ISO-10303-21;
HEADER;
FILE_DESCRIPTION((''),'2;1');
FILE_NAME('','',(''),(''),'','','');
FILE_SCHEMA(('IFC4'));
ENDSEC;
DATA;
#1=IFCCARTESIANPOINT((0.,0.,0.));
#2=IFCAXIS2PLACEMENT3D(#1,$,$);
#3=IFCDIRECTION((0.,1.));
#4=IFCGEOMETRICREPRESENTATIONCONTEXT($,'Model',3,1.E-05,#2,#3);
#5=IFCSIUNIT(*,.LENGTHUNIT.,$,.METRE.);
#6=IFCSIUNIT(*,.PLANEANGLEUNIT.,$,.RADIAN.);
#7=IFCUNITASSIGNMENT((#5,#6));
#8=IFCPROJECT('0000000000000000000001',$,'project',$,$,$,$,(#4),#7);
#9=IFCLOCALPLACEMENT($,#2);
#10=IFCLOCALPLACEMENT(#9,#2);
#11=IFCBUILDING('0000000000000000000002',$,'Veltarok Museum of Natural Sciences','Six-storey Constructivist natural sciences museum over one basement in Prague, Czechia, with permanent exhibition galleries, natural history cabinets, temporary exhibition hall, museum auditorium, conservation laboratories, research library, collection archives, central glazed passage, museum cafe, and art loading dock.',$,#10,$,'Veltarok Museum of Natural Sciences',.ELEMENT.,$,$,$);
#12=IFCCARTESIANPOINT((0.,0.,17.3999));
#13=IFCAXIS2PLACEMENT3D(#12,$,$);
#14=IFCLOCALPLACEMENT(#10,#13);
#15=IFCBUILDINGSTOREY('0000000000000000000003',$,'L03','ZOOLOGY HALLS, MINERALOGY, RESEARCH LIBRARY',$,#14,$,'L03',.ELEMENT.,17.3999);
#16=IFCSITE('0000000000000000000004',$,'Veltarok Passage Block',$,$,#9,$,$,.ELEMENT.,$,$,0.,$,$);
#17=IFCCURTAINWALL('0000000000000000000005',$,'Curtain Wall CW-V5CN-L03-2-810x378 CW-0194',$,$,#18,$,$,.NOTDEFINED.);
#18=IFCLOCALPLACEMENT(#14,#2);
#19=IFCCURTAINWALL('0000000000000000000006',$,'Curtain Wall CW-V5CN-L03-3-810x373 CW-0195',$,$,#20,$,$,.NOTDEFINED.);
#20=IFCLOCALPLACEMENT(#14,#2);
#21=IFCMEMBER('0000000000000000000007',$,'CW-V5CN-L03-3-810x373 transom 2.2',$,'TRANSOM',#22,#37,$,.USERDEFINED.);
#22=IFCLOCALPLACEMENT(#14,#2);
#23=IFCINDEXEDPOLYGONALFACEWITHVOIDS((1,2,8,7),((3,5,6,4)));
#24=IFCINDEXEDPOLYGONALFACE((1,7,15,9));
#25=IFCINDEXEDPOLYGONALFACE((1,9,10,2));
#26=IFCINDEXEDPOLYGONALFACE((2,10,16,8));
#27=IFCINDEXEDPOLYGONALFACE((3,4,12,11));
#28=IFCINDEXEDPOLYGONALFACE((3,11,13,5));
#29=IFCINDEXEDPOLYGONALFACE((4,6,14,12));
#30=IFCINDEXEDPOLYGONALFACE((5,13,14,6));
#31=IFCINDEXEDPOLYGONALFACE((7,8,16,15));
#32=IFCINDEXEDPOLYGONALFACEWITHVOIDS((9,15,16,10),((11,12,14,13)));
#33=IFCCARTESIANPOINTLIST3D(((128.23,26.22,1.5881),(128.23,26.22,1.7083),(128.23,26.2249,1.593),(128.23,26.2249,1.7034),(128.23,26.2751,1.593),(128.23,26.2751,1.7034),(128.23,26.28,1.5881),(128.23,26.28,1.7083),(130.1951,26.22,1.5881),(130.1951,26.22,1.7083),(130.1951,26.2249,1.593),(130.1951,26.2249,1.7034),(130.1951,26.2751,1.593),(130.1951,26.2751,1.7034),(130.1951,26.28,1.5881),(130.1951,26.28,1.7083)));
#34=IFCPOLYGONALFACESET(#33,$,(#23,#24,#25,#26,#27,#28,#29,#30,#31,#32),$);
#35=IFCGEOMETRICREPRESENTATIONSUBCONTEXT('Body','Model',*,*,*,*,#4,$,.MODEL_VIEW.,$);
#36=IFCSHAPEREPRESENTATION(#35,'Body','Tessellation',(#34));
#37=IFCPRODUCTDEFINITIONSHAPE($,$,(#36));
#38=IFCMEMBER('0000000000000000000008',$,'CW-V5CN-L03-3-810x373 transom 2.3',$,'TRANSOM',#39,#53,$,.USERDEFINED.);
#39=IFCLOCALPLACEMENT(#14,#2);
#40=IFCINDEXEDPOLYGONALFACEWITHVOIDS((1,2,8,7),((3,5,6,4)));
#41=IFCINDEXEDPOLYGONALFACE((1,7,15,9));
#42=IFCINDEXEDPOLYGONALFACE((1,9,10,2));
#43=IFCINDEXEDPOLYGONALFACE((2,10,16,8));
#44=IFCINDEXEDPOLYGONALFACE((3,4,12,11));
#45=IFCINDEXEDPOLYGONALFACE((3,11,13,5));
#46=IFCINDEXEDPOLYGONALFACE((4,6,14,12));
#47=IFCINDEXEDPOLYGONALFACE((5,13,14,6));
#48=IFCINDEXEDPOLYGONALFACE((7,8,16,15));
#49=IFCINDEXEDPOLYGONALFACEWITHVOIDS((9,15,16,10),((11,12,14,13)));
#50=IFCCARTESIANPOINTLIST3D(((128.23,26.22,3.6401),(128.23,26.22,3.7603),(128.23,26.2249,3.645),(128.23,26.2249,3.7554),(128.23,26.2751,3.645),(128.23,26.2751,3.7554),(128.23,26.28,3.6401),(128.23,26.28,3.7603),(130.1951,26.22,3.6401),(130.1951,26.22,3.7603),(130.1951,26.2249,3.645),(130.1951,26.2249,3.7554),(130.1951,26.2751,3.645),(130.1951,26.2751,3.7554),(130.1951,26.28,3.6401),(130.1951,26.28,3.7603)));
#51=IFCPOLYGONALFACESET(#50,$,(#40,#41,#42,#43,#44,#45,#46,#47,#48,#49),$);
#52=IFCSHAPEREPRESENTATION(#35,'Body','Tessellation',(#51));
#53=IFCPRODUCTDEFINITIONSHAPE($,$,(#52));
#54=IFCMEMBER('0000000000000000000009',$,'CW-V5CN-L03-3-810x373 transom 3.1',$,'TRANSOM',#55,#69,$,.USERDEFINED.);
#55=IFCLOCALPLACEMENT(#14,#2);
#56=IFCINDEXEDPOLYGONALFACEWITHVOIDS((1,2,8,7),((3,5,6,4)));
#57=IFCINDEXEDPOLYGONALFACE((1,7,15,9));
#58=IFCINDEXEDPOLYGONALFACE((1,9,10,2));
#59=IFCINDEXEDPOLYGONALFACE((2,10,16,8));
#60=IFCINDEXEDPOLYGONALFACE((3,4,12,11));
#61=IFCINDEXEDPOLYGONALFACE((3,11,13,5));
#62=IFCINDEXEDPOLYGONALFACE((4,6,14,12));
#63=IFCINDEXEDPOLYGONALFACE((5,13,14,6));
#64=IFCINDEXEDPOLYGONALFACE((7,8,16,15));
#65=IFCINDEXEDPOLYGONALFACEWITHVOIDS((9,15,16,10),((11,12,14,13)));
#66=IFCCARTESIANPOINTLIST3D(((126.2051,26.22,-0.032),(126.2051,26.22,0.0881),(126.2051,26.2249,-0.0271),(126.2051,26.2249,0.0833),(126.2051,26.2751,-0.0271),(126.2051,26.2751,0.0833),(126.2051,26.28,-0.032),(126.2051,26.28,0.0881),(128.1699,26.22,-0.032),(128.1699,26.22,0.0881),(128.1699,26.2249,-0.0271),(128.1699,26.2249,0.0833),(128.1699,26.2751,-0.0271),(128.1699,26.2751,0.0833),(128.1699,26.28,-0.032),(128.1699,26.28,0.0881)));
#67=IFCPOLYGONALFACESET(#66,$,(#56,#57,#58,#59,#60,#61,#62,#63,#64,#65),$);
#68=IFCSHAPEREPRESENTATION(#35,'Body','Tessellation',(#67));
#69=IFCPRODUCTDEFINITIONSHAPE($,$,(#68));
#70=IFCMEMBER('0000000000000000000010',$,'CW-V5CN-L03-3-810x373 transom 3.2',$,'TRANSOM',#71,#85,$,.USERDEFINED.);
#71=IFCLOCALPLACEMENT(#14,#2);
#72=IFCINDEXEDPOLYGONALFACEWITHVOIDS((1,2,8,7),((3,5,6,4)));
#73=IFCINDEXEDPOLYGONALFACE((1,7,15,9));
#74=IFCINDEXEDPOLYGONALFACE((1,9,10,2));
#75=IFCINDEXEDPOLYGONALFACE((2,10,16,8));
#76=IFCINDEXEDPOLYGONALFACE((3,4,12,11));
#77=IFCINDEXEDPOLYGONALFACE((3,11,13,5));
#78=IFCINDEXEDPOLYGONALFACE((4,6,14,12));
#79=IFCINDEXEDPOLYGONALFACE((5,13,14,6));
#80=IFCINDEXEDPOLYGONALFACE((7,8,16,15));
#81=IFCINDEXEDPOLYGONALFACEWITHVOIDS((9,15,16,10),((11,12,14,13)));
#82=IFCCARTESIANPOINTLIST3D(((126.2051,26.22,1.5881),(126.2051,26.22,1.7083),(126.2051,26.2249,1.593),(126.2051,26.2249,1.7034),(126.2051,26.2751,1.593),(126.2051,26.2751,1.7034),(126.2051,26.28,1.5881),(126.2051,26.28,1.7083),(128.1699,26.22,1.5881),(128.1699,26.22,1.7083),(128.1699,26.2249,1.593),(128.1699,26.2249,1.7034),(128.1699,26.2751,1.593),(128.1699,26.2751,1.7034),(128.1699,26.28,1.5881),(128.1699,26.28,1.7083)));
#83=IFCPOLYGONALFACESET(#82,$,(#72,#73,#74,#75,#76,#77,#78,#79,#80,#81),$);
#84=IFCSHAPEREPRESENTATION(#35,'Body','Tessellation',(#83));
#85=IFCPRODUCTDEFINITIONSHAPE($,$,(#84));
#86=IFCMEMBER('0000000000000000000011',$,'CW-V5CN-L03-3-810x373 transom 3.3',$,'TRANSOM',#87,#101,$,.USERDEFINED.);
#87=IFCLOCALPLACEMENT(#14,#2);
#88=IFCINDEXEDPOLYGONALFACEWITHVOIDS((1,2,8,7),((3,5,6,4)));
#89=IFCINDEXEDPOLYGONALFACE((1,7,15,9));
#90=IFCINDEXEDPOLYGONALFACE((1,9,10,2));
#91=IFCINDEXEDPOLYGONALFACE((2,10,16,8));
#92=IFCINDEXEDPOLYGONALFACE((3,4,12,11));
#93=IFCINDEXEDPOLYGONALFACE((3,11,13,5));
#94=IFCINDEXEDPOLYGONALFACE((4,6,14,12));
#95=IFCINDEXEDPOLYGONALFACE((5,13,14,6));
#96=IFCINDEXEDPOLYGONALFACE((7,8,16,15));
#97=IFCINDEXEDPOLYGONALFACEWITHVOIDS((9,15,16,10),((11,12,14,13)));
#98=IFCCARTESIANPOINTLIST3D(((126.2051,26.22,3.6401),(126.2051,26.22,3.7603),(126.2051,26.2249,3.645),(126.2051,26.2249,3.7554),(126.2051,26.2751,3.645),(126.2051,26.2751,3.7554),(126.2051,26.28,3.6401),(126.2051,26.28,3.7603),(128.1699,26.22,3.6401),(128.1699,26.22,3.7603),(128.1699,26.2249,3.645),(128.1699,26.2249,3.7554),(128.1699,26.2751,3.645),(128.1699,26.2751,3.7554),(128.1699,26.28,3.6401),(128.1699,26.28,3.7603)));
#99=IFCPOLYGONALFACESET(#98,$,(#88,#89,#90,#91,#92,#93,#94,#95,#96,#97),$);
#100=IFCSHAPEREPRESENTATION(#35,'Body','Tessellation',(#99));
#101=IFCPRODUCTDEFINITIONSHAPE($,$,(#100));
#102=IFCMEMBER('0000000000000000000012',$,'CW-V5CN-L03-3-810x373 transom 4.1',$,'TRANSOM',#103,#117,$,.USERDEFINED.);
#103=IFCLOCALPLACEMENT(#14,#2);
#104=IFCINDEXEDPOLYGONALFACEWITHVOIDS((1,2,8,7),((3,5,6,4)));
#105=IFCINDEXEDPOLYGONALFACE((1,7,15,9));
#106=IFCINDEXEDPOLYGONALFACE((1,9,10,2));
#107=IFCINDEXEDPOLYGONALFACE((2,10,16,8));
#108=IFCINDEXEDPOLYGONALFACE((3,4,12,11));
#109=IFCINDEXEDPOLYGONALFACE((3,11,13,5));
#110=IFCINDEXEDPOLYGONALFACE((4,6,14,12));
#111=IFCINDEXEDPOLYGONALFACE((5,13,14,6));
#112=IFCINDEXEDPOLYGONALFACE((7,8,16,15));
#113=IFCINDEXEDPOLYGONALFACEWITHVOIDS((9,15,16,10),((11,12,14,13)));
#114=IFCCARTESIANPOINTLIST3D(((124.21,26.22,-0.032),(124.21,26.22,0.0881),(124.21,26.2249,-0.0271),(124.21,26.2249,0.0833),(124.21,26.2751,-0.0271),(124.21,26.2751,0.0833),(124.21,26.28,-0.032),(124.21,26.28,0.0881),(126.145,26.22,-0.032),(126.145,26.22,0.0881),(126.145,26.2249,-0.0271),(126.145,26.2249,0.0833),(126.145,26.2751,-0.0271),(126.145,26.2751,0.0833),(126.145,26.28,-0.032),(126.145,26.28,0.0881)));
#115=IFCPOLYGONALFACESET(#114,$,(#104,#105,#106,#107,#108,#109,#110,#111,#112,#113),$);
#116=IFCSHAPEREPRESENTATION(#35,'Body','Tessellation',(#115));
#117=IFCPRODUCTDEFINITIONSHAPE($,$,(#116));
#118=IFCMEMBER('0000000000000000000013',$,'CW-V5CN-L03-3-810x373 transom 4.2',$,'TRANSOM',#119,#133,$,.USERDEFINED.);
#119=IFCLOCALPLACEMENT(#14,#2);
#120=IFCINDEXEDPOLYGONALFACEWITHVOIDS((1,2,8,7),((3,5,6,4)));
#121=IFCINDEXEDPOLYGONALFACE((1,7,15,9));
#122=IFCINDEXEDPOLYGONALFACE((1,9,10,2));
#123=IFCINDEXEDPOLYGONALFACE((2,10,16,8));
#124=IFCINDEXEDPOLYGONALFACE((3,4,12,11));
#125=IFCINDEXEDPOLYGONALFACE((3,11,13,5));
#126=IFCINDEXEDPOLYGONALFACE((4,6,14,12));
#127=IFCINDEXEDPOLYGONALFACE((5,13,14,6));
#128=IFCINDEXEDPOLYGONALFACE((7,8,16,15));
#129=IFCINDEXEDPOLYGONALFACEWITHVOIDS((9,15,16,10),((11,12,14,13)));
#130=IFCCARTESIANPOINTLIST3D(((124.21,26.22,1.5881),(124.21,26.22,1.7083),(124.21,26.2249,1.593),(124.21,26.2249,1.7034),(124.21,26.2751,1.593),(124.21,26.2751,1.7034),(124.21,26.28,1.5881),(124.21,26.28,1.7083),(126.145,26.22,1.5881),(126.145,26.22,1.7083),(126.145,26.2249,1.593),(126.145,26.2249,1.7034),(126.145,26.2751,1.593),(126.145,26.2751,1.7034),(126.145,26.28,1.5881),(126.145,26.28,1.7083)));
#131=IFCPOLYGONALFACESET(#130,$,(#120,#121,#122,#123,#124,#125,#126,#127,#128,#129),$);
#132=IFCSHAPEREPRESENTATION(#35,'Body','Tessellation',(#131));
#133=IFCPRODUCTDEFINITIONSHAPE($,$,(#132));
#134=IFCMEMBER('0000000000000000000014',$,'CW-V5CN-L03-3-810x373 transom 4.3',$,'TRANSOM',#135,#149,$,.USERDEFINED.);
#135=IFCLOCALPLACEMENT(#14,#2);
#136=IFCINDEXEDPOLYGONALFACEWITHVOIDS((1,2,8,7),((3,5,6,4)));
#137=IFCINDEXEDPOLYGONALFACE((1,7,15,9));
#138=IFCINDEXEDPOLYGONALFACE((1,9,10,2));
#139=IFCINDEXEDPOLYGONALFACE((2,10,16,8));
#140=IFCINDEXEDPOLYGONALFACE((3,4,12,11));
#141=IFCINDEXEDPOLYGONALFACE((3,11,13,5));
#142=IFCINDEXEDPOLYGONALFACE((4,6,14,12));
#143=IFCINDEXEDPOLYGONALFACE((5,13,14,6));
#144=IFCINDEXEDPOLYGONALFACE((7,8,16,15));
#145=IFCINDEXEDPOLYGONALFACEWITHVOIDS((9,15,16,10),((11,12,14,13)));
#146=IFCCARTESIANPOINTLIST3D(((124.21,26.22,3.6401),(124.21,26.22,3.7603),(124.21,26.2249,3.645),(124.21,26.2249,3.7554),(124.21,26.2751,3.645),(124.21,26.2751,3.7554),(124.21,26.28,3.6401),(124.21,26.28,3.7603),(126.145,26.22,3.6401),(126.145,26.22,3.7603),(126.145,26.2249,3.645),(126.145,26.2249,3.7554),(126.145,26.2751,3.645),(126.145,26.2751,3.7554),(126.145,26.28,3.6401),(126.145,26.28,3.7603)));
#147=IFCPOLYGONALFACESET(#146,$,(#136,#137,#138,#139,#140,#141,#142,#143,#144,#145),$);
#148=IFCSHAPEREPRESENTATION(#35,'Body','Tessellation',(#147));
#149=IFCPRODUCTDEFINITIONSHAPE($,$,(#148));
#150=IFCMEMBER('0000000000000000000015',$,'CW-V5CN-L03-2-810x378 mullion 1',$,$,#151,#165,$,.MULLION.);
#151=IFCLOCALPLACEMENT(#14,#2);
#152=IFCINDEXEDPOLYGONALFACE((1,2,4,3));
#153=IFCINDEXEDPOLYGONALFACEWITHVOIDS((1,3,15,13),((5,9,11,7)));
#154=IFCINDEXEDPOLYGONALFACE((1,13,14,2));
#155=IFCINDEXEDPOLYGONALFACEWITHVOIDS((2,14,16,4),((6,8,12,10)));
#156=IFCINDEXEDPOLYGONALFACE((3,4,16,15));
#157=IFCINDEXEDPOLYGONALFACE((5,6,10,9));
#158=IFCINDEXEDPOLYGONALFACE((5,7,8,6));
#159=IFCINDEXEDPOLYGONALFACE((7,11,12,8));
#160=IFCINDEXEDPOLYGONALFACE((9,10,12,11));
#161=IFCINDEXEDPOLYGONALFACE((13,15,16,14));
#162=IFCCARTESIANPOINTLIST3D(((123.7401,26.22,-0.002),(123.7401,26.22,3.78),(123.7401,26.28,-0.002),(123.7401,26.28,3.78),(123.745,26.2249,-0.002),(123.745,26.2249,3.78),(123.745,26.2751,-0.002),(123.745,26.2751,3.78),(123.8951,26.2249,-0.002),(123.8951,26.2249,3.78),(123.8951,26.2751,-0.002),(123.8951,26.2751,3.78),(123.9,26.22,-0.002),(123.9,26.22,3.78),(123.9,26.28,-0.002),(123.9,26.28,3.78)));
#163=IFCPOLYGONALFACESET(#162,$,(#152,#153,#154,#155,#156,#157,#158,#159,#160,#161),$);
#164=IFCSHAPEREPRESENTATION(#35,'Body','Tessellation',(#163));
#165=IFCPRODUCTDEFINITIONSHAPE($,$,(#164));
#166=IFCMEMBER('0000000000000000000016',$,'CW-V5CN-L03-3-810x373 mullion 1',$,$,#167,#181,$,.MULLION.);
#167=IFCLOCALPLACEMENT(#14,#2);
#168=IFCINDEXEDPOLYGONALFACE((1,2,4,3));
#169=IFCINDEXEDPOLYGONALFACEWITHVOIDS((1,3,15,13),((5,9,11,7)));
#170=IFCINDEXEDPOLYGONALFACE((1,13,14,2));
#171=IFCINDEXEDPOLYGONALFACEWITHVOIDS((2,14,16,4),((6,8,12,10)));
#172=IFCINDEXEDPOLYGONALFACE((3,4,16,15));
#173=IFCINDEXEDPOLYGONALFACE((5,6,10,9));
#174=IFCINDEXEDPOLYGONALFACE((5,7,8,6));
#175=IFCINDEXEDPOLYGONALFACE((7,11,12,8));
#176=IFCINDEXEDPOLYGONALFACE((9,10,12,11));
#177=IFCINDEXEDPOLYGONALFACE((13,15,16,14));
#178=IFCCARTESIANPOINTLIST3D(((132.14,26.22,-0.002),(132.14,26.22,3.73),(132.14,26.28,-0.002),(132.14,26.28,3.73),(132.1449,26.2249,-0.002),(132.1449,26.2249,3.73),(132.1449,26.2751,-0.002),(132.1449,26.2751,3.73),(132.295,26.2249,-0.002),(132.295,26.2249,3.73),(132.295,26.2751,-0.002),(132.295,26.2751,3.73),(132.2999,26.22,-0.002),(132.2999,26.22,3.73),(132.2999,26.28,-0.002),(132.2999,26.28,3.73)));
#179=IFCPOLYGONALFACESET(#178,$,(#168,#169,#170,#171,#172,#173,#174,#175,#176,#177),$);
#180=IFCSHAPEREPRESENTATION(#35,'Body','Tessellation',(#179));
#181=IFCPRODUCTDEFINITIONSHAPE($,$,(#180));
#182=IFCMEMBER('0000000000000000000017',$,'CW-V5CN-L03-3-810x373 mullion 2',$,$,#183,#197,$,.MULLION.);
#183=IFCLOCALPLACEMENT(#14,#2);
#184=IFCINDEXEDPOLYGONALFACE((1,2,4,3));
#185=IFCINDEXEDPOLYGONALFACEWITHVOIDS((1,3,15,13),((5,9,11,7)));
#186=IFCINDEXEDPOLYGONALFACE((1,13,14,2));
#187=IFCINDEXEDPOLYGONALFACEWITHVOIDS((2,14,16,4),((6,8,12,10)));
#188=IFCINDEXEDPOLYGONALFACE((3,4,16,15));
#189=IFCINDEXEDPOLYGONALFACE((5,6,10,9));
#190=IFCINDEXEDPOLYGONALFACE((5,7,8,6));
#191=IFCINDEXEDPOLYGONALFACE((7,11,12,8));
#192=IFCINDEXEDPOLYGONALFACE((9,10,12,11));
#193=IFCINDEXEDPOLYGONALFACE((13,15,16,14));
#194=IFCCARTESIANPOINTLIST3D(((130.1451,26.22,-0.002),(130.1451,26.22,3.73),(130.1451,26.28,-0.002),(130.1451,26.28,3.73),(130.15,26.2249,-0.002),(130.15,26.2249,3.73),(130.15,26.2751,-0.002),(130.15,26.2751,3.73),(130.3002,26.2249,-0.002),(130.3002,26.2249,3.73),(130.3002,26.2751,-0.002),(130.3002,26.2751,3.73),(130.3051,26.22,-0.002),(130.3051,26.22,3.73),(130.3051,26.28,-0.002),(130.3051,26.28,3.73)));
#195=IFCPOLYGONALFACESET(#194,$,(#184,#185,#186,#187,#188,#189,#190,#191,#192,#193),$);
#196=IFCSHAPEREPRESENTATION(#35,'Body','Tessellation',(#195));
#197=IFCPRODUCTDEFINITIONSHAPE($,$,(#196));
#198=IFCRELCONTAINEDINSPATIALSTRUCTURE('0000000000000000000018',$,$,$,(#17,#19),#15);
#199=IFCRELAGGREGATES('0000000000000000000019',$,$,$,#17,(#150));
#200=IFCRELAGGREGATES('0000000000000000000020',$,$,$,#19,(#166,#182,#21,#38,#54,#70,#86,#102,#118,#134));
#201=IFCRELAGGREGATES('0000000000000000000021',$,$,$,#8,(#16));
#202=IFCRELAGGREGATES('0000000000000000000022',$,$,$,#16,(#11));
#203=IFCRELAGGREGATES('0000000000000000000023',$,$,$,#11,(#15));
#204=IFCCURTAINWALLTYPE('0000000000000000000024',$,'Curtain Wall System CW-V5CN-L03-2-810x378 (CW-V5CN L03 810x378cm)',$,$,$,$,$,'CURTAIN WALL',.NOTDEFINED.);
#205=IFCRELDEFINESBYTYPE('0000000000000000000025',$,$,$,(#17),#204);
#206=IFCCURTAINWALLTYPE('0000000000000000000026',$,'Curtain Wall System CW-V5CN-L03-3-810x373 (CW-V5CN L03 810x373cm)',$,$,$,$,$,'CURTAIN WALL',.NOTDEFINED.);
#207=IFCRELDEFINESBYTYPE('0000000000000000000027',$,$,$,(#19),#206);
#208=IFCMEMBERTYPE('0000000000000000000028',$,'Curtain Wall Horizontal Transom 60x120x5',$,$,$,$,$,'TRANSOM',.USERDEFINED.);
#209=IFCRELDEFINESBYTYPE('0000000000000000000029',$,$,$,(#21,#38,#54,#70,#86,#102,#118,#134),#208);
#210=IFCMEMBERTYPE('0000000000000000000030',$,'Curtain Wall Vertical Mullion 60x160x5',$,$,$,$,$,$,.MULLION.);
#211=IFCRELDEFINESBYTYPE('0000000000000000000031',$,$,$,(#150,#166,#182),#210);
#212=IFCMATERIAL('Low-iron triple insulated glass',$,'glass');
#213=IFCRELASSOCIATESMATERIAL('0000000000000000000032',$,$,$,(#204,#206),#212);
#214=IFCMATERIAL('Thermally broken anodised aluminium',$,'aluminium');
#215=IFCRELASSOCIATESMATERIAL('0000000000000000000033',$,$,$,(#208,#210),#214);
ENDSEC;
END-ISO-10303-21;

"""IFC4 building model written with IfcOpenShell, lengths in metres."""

from ifc_helpers import new_model, si_unit, direction, frame, origin, origin_2d, place, context, subcontext, project, spatial, hollow_rectangle, extrude, material, material_profile, profile_set, type_object, element, aggregate, save


model = new_model("IFC4")

# Units and contexts
model_context = context("Model", 3, precision=1e-05, world=origin(), true_north=direction((0.0, 1.0)))
body_context = subcontext(model_context, "Body", "Model", "MODEL_VIEW")
ifc_project = project(units=[si_unit("LENGTHUNIT", "METRE"), si_unit("PLANEANGLEUNIT", "RADIAN")], contexts=[model_context])

# Site, building, storey
site_placement = place(None, origin())
site = spatial("IfcSite", under=ifc_project, at=site_placement, Name="Veltarok Passage Block", CompositionType="ELEMENT", RefElevation=0.0)
building_placement = place(site_placement, origin())
building = spatial("IfcBuilding", under=site, at=building_placement, Name="Veltarok Museum of Natural Sciences", Description="Six-storey Constructivist natural sciences museum over one basement in Prague, Czechia, with permanent exhibition galleries, natural history cabinets, temporary exhibition hall, museum auditorium, conservation laboratories, research library, collection archives, central glazed passage, museum cafe, and art loading dock.", LongName="Veltarok Museum of Natural Sciences", CompositionType="ELEMENT")
storey_placement = place(building_placement, frame((0.0, 0.0, 17.3999)))
storey = spatial("IfcBuildingStorey", under=building, at=storey_placement, Name="L03", Description="ZOOLOGY HALLS, MINERALOGY, RESEARCH LIBRARY", LongName="L03", CompositionType="ELEMENT", Elevation=17.3999)

# Curtain wall
ifc_material_1 = material(Name="Low-iron triple insulated glass", Category="glass")
curtain_wall_type_1 = type_object("IfcCurtainWallType", Name="Curtain Wall System CW-V5CN-L03-2-810x378 (CW-V5CN L03 810x378cm)", ElementType="CURTAIN WALL", PredefinedType="NOTDEFINED", material=ifc_material_1)
curtain_wall_1_placement = place(storey_placement, origin())
curtain_wall_1 = element("IfcCurtainWall", 1, at=curtain_wall_1_placement, inside=storey, type_object=curtain_wall_type_1, Name="Curtain Wall CW-V5CN-L03-2-810x378 CW-0194", PredefinedType="NOTDEFINED")
ifc_material_2 = material(Name="Thermally broken anodised aluminium", Category="aluminium")
ifc_material_profile_1 = material_profile(ifc_material_2, hollow_rectangle(XDim=0.0601, YDim=0.1201, WallThickness=0.0049, at=origin_2d()), Name="CW TRANSOM 60x120x5")
ifc_profile_set_1 = profile_set([ifc_material_profile_1], Name="Thermally broken anodised aluminium")
member_type_1 = type_object("IfcMemberType", Name="Curtain Wall Horizontal Transom 60x120x5", ElementType="TRANSOM", PredefinedType="USERDEFINED", material=ifc_profile_set_1)

# Curtain wall, members
curtain_wall_type_2 = type_object("IfcCurtainWallType", Name="Curtain Wall System CW-V5CN-L03-3-810x373 (CW-V5CN L03 810x373cm)", ElementType="CURTAIN WALL", PredefinedType="NOTDEFINED", material=ifc_material_1)
curtain_wall_2_placement = place(storey_placement, origin())
curtain_wall_2 = element("IfcCurtainWall", 2, at=curtain_wall_2_placement, inside=storey, type_object=curtain_wall_type_2, Name="Curtain Wall CW-V5CN-L03-3-810x373 CW-0195", PredefinedType="NOTDEFINED")
member_1_placement = place(storey_placement, frame((130.1951, 26.25, 1.6482), z_axis=(-1.0, 0.0, 0.0), x_axis=(0.0, -1.0, 0.0)))
member_1 = element("IfcMember", 3, at=member_1_placement, type_object=member_type_1, Name="CW-V5CN-L03-3-810x373 transom 2.2", ObjectType="TRANSOM", PredefinedType="USERDEFINED", context=body_context, shape_type="SweptSolid", body=[
    extrude(hollow_rectangle(XDim=0.0601, YDim=0.1201, WallThickness=0.0049, at=origin_2d()), origin(), (0.0, 0.0, 1.0), 1.9651),
])
member_2_placement = place(storey_placement, frame((130.1951, 26.25, 3.7002), z_axis=(-1.0, 0.0, 0.0), x_axis=(0.0, -1.0, 0.0)))
member_2 = element("IfcMember", 4, at=member_2_placement, type_object=member_type_1, Name="CW-V5CN-L03-3-810x373 transom 2.3", ObjectType="TRANSOM", PredefinedType="USERDEFINED", context=body_context, shape_type="SweptSolid", body=[
    extrude(hollow_rectangle(XDim=0.0601, YDim=0.1201, WallThickness=0.0049, at=origin_2d()), origin(), (0.0, 0.0, 1.0), 1.9651),
])
member_3_placement = place(storey_placement, frame((128.1699, 26.25, 0.0281), z_axis=(-1.0, 0.0, 0.0), x_axis=(0.0, -1.0, 0.0)))
member_3 = element("IfcMember", 5, at=member_3_placement, type_object=member_type_1, Name="CW-V5CN-L03-3-810x373 transom 3.1", ObjectType="TRANSOM", PredefinedType="USERDEFINED", context=body_context, shape_type="SweptSolid", body=[
    extrude(hollow_rectangle(XDim=0.0601, YDim=0.1201, WallThickness=0.0049, at=origin_2d()), origin(), (0.0, 0.0, 1.0), 1.9648),
])
member_4_placement = place(storey_placement, frame((128.1699, 26.25, 1.6482), z_axis=(-1.0, 0.0, 0.0), x_axis=(0.0, -1.0, 0.0)))
member_4 = element("IfcMember", 6, at=member_4_placement, type_object=member_type_1, Name="CW-V5CN-L03-3-810x373 transom 3.2", ObjectType="TRANSOM", PredefinedType="USERDEFINED", context=body_context, shape_type="SweptSolid", body=[
    extrude(hollow_rectangle(XDim=0.0601, YDim=0.1201, WallThickness=0.0049, at=origin_2d()), origin(), (0.0, 0.0, 1.0), 1.9648),
])
member_5_placement = place(storey_placement, frame((128.1699, 26.25, 3.7002), z_axis=(-1.0, 0.0, 0.0), x_axis=(0.0, -1.0, 0.0)))
member_5 = element("IfcMember", 7, at=member_5_placement, type_object=member_type_1, Name="CW-V5CN-L03-3-810x373 transom 3.3", ObjectType="TRANSOM", PredefinedType="USERDEFINED", context=body_context, shape_type="SweptSolid", body=[
    extrude(hollow_rectangle(XDim=0.0601, YDim=0.1201, WallThickness=0.0049, at=origin_2d()), origin(), (0.0, 0.0, 1.0), 1.9648),
])
member_6_placement = place(storey_placement, frame((126.145, 26.25, 0.0281), z_axis=(-1.0, 0.0, 0.0), x_axis=(0.0, -1.0, 0.0)))
member_6 = element("IfcMember", 8, at=member_6_placement, type_object=member_type_1, Name="CW-V5CN-L03-3-810x373 transom 4.1", ObjectType="TRANSOM", PredefinedType="USERDEFINED", context=body_context, shape_type="SweptSolid", body=[
    extrude(hollow_rectangle(XDim=0.0601, YDim=0.1201, WallThickness=0.0049, at=origin_2d()), origin(), (0.0, 0.0, 1.0), 1.9351),
])
member_7_placement = place(storey_placement, frame((126.145, 26.25, 1.6482), z_axis=(-1.0, 0.0, 0.0), x_axis=(0.0, -1.0, 0.0)))
member_7 = element("IfcMember", 9, at=member_7_placement, type_object=member_type_1, Name="CW-V5CN-L03-3-810x373 transom 4.2", ObjectType="TRANSOM", PredefinedType="USERDEFINED", context=body_context, shape_type="SweptSolid", body=[
    extrude(hollow_rectangle(XDim=0.0601, YDim=0.1201, WallThickness=0.0049, at=origin_2d()), origin(), (0.0, 0.0, 1.0), 1.9351),
])
member_8_placement = place(storey_placement, frame((126.145, 26.25, 3.7002), z_axis=(-1.0, 0.0, 0.0), x_axis=(0.0, -1.0, 0.0)))
member_8 = element("IfcMember", 10, at=member_8_placement, type_object=member_type_1, Name="CW-V5CN-L03-3-810x373 transom 4.3", ObjectType="TRANSOM", PredefinedType="USERDEFINED", context=body_context, shape_type="SweptSolid", body=[
    extrude(hollow_rectangle(XDim=0.0601, YDim=0.1201, WallThickness=0.0049, at=origin_2d()), origin(), (0.0, 0.0, 1.0), 1.9351),
])

# Members
ifc_material_profile_2 = material_profile(ifc_material_2, hollow_rectangle(XDim=0.0601, YDim=0.1599, WallThickness=0.0049, at=origin_2d()), Name="CW MULLION 60x160x5")
ifc_profile_set_2 = profile_set([ifc_material_profile_2], Name="Thermally broken anodised aluminium")
member_type_2 = type_object("IfcMemberType", Name="Curtain Wall Vertical Mullion 60x160x5", PredefinedType="MULLION", material=ifc_profile_set_2)
member_9_placement = place(storey_placement, frame((123.8201, 26.25, -0.002), z_axis=(0.0, 0.0, 1.0), x_axis=(0.0, -1.0, 0.0)))
member_9 = element("IfcMember", 11, at=member_9_placement, type_object=member_type_2, Name="CW-V5CN-L03-2-810x378 mullion 1", PredefinedType="MULLION", context=body_context, shape_type="SweptSolid", body=[
    extrude(hollow_rectangle(XDim=0.0601, YDim=0.1599, WallThickness=0.0049, at=origin_2d()), origin(), (0.0, 0.0, 1.0), 3.782),
])
aggregate(curtain_wall_1, [member_9])
member_10_placement = place(storey_placement, frame((132.22, 26.25, -0.002), z_axis=(0.0, 0.0, 1.0), x_axis=(0.0, -1.0, 0.0)))
member_10 = element("IfcMember", 12, at=member_10_placement, type_object=member_type_2, Name="CW-V5CN-L03-3-810x373 mullion 1", PredefinedType="MULLION", context=body_context, shape_type="SweptSolid", body=[
    extrude(hollow_rectangle(XDim=0.0601, YDim=0.1599, WallThickness=0.0049, at=origin_2d()), origin(), (0.0, 0.0, 1.0), 3.7319),
])
member_11_placement = place(storey_placement, frame((130.2251, 26.25, -0.002), z_axis=(0.0, 0.0, 1.0), x_axis=(0.0, -1.0, 0.0)))
member_11 = element("IfcMember", 13, at=member_11_placement, type_object=member_type_2, Name="CW-V5CN-L03-3-810x373 mullion 2", PredefinedType="MULLION", context=body_context, shape_type="SweptSolid", body=[
    extrude(hollow_rectangle(XDim=0.0601, YDim=0.1599, WallThickness=0.0049, at=origin_2d()), origin(), (0.0, 0.0, 1.0), 3.7319),
])

aggregate(curtain_wall_2, [member_10, member_11, member_1, member_2, member_3, member_4, member_5, member_6, member_7, member_8])

save(model, "model.ifc")
